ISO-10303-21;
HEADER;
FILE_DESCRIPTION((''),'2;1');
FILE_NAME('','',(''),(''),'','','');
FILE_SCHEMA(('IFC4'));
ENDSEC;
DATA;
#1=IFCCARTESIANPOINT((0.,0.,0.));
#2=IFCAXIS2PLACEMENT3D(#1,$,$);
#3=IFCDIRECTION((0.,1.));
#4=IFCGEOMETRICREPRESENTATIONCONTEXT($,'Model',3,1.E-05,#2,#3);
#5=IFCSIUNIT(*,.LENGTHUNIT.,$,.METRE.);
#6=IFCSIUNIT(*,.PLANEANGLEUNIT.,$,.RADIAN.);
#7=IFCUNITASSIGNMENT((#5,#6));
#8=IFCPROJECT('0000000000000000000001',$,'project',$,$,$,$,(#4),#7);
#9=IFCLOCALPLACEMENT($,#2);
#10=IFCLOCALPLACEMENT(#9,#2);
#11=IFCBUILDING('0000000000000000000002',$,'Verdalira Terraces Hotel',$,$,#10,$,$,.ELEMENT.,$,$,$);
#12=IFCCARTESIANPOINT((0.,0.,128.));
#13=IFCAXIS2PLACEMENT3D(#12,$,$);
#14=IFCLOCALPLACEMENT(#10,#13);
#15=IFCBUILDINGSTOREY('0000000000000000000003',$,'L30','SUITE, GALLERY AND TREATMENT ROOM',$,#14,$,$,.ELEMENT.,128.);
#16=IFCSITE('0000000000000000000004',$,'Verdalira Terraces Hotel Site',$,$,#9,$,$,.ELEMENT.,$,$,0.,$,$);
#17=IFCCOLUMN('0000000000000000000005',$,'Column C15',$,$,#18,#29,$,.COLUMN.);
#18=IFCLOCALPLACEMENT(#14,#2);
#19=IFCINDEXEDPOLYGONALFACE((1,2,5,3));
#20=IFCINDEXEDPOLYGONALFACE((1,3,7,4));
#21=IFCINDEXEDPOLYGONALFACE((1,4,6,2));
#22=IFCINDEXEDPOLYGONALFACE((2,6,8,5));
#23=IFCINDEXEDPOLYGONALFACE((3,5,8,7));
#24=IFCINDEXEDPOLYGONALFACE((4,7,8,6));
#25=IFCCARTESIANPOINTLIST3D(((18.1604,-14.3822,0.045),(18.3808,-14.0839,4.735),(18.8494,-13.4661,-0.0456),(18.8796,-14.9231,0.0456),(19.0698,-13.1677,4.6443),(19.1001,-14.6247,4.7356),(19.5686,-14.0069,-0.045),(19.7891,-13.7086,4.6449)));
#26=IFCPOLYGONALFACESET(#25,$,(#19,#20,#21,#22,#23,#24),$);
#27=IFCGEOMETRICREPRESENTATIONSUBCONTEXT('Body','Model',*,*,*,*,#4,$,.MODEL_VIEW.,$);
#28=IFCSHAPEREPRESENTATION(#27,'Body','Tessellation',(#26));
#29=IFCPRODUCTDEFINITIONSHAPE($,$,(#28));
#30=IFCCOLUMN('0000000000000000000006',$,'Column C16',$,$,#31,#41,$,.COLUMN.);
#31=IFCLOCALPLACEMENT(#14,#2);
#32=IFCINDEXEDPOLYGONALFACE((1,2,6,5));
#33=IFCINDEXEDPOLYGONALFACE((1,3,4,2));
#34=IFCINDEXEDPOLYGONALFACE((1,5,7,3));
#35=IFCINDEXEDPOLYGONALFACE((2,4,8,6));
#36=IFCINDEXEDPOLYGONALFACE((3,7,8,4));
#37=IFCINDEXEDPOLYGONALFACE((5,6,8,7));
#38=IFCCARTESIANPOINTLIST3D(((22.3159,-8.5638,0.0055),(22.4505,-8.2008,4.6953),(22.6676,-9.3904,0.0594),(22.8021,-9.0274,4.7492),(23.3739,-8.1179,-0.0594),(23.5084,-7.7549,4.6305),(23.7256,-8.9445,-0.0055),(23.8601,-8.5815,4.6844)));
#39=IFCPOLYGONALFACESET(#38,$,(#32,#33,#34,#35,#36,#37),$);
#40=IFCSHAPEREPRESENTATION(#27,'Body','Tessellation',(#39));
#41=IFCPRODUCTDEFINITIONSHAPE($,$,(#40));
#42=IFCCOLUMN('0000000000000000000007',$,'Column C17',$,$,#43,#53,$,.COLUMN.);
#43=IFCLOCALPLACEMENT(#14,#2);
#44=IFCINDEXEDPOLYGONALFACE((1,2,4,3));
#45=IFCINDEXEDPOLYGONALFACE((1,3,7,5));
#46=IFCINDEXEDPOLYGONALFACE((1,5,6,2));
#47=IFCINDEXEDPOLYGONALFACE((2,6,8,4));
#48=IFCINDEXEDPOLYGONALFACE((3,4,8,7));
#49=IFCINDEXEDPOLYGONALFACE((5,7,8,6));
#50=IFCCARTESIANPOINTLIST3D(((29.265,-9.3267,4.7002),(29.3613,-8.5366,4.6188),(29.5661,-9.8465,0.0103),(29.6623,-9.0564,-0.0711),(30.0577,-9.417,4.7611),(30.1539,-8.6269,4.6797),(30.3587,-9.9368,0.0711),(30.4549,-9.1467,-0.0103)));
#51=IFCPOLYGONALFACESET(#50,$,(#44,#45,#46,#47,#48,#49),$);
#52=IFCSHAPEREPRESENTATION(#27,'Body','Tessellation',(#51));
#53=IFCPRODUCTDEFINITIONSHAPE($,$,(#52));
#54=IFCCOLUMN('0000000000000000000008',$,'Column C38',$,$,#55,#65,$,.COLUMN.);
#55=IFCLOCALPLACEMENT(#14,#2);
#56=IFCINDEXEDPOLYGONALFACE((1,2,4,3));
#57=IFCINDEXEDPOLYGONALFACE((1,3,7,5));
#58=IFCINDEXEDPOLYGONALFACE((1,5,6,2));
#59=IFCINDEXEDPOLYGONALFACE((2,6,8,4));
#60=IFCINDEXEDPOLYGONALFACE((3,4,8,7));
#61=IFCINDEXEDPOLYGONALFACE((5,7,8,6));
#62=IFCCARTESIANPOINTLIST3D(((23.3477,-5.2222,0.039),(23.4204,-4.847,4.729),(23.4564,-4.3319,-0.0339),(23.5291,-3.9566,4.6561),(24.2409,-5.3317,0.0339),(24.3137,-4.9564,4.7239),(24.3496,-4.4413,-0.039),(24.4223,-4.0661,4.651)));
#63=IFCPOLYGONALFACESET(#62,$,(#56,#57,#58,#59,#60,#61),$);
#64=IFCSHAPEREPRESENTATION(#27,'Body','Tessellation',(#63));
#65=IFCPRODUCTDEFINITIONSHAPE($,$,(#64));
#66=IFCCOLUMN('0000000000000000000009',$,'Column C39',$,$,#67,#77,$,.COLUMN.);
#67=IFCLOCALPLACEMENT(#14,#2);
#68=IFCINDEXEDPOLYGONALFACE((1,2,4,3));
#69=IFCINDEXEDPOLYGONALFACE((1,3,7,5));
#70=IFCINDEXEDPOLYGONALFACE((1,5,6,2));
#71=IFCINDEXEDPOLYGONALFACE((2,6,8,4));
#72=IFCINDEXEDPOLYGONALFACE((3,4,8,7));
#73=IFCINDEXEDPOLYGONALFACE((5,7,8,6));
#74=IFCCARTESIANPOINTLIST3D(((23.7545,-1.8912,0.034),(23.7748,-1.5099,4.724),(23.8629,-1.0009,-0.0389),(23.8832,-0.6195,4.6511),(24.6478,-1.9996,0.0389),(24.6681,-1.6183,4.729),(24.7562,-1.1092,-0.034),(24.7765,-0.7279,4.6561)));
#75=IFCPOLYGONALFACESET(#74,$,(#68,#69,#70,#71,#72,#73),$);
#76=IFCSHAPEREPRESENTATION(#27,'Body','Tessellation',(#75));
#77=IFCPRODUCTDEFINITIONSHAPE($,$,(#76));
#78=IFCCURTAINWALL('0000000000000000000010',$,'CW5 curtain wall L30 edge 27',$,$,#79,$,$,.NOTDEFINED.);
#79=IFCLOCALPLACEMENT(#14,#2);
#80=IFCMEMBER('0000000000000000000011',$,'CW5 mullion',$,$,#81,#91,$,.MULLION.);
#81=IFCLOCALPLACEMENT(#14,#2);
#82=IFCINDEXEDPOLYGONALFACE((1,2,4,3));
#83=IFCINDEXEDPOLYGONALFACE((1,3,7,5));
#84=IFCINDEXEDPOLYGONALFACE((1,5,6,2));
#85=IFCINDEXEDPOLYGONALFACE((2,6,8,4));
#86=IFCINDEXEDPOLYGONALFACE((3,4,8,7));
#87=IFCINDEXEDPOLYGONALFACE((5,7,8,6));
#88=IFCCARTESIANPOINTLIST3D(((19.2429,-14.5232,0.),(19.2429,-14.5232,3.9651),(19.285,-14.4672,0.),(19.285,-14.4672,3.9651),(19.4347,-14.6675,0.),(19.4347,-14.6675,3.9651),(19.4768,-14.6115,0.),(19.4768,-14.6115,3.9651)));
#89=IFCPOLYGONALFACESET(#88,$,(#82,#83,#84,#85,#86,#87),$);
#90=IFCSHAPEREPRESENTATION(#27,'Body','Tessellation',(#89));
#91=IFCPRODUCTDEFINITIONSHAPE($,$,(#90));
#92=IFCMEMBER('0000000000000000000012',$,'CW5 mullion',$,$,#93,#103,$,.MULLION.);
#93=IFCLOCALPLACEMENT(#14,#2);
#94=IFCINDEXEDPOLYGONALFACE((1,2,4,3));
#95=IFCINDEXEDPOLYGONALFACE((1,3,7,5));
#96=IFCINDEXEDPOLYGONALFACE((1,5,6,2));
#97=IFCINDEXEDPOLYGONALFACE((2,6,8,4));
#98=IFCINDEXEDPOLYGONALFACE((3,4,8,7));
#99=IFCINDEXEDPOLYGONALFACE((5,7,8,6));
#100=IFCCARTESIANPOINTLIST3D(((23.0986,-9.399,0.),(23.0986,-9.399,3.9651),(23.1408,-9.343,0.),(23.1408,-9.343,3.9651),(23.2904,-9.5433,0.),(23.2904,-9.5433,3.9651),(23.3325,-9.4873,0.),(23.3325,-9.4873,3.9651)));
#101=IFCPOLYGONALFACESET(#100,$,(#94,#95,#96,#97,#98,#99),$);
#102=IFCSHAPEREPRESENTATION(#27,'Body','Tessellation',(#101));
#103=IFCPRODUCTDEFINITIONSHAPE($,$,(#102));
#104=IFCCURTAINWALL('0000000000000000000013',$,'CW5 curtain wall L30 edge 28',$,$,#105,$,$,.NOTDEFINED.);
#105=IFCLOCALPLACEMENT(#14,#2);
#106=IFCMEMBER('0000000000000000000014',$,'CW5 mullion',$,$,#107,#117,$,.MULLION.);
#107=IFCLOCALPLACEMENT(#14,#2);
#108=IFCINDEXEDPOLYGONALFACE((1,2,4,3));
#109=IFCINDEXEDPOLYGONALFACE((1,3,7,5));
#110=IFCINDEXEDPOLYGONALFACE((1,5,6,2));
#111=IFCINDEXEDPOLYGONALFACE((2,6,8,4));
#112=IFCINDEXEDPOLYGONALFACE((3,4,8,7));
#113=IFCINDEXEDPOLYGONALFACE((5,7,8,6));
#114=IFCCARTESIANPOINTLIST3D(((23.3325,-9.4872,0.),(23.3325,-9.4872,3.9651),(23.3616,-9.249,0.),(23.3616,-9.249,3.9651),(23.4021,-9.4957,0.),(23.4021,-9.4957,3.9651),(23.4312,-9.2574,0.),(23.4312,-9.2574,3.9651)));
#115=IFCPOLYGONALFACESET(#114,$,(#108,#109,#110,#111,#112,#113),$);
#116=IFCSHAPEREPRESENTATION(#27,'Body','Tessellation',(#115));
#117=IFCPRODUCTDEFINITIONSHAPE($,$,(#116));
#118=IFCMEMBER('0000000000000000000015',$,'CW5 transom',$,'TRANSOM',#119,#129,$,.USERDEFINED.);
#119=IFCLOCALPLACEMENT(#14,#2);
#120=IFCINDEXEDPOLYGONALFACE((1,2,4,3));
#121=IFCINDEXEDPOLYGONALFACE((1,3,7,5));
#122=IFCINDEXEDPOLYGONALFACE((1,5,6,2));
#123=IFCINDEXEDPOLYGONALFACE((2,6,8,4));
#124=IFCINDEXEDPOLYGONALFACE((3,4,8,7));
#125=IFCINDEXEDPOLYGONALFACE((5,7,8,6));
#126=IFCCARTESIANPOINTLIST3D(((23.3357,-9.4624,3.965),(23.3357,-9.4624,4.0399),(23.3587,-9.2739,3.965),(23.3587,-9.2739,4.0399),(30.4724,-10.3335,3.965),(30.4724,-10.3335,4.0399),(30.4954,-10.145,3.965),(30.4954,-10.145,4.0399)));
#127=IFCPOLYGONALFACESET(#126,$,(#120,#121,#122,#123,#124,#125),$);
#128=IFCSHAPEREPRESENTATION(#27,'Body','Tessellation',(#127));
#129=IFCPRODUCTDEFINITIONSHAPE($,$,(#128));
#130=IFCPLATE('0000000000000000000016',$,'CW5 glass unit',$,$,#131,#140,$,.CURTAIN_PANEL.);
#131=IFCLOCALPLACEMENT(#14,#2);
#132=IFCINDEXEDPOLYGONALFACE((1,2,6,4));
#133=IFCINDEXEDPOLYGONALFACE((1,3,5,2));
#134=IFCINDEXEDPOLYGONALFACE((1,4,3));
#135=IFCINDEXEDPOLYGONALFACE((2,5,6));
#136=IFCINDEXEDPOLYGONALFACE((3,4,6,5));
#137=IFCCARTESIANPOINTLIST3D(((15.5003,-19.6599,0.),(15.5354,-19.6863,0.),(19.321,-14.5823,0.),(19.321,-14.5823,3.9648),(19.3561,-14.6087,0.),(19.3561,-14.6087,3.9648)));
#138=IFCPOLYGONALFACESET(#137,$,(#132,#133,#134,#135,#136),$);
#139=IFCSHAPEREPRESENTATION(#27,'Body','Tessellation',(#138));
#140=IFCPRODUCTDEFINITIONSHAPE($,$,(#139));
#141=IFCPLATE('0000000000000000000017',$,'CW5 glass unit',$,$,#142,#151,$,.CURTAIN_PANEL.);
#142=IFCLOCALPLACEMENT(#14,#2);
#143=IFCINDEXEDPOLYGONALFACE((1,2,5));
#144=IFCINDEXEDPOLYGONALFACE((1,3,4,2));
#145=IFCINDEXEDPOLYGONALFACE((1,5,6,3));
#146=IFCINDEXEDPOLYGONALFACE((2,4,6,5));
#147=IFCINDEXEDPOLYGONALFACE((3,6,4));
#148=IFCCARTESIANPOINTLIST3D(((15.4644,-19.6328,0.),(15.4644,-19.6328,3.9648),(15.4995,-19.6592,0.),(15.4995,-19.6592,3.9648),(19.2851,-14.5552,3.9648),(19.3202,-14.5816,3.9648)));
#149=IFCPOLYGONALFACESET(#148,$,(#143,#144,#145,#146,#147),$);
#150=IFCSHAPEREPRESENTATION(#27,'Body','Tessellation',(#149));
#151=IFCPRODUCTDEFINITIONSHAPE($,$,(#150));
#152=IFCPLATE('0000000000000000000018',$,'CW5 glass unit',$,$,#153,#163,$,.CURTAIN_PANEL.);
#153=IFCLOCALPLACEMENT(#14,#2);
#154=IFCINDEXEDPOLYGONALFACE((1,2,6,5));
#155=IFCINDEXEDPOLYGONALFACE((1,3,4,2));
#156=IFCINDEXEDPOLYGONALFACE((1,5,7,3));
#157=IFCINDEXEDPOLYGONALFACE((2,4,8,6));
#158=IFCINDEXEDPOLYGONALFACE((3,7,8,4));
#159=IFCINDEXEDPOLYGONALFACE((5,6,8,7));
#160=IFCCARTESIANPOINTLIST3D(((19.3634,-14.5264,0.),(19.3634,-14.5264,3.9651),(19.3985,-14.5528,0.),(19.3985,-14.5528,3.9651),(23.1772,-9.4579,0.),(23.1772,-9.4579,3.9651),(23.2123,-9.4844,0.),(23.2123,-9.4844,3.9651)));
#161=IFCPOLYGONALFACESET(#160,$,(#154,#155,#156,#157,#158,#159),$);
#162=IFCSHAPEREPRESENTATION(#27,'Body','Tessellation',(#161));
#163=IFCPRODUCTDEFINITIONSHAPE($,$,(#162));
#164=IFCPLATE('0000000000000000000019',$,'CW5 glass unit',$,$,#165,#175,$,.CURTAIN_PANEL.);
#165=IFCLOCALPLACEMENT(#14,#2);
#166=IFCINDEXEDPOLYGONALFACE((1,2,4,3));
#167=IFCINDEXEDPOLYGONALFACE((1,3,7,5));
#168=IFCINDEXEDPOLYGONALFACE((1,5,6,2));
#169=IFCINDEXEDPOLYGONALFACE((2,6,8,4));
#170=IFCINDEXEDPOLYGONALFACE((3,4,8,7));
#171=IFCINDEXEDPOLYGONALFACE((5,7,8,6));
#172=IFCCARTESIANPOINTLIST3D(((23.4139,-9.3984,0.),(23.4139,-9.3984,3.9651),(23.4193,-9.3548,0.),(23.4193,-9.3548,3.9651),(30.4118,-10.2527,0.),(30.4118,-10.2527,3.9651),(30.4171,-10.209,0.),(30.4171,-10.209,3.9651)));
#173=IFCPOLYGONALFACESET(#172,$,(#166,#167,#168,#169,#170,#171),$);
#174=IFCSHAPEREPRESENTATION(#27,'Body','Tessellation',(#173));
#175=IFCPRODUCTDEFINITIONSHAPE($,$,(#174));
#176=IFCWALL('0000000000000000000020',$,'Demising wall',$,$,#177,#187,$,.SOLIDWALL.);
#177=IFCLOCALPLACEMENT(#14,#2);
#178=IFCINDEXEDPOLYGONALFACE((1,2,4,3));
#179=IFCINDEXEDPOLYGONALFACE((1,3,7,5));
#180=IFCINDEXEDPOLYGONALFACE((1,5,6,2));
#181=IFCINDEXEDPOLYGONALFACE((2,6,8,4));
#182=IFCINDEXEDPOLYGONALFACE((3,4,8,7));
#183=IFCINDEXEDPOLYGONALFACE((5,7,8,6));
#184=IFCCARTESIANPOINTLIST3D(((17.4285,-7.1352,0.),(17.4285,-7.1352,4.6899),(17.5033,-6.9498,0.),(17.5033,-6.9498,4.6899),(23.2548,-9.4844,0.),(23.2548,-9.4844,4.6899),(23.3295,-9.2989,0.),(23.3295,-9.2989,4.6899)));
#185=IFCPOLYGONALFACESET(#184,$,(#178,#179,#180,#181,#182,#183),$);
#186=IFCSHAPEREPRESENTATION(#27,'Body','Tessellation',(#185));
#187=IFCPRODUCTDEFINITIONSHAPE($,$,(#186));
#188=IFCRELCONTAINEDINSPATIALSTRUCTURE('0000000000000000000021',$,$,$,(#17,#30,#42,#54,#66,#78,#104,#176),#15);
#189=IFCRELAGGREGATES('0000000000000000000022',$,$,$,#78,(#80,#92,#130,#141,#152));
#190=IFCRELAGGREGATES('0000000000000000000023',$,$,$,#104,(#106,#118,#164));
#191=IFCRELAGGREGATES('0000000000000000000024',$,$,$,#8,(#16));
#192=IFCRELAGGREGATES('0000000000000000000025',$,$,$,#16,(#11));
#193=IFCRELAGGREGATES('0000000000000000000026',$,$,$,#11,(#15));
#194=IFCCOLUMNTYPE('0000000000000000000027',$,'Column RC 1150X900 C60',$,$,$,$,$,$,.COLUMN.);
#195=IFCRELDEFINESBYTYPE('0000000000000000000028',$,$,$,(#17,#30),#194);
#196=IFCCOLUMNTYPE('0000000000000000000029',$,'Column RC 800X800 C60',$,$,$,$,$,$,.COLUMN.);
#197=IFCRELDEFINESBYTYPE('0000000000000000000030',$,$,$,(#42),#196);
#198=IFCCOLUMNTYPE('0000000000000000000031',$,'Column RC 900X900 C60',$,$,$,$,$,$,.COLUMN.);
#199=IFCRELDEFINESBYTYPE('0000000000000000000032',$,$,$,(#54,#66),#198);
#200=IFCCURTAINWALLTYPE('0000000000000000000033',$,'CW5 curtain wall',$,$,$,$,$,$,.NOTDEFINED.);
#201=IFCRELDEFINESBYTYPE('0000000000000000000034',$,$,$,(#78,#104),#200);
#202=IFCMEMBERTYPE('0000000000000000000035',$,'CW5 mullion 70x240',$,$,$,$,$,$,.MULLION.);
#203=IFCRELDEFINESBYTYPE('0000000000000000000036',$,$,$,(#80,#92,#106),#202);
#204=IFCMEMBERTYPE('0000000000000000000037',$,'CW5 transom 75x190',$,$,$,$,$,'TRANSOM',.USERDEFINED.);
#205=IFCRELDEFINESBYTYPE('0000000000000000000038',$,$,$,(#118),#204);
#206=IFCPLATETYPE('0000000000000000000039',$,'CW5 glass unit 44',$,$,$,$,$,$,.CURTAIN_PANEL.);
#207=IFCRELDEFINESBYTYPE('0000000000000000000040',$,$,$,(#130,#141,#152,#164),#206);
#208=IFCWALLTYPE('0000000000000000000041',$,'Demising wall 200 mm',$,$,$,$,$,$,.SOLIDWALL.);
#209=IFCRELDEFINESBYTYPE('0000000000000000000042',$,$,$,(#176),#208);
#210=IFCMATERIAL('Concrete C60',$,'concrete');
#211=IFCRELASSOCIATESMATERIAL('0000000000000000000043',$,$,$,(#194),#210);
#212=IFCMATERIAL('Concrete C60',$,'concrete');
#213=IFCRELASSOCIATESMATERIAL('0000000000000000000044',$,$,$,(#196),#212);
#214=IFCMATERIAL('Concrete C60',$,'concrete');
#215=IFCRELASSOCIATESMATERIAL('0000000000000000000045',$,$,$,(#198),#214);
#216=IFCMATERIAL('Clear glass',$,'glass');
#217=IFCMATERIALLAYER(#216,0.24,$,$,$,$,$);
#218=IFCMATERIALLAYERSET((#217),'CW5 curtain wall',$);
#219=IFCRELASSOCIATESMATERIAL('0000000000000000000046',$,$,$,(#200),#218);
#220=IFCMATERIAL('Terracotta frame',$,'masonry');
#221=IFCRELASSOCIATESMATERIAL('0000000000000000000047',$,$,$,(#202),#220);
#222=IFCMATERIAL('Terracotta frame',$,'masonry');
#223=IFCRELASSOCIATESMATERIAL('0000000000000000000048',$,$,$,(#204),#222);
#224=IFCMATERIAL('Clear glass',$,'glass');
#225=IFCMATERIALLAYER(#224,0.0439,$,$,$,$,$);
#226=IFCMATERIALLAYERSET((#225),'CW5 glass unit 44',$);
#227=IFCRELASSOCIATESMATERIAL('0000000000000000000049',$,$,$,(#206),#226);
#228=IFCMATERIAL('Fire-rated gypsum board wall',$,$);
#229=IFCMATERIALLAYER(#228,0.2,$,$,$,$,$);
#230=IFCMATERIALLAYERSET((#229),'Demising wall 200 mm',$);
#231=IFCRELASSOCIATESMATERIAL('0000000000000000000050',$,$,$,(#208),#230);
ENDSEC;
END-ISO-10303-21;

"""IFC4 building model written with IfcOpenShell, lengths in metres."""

from ifc_helpers import new_model, si_unit, direction, frame, frame_2d, origin, origin_2d, place, context, subcontext, project, spatial, polyline, rectangle, outline, extrude, material, layer, layer_set, material_profile, profile_set, type_object, element, aggregate, save


model = new_model("IFC4")

# Units and contexts
model_context = context("Model", 3, precision=1e-05, world=origin(), true_north=direction((0.0, 1.0)))
body_context = subcontext(model_context, "Body", "Model", "MODEL_VIEW")
ifc_project = project(units=[si_unit("LENGTHUNIT", "METRE"), si_unit("PLANEANGLEUNIT", "RADIAN")], contexts=[model_context])

# Site, building, storey
site_placement = place(None, origin())
site = spatial("IfcSite", under=ifc_project, at=site_placement, Name="Verdalira Terraces Hotel Site", CompositionType="ELEMENT", RefElevation=0.0)
building_placement = place(site_placement, origin())
building = spatial("IfcBuilding", under=site, at=building_placement, Name="Verdalira Terraces Hotel", CompositionType="ELEMENT")
storey_placement = place(building_placement, frame((0.0, 0.0, 128.0)))
storey = spatial("IfcBuildingStorey", under=building, at=storey_placement, Name="L30", Description="SUITE, GALLERY AND TREATMENT ROOM", CompositionType="ELEMENT", Elevation=128.0)

# Columns
ifc_material_1 = material(Name="Concrete C60", Category="concrete")
ifc_material_profile_1 = material_profile(ifc_material_1, rectangle(XDim=1.1499, YDim=0.8999, at=origin_2d()), Name="RC 1150X900")
ifc_profile_set_1 = profile_set([ifc_material_profile_1], Name="Concrete C60")
column_type_1 = type_object("IfcColumnType", Name="Column RC 1150X900 C60", PredefinedType="COLUMN", material=ifc_profile_set_1)
column_1_placement = place(storey_placement, frame((18.8645, -14.1946, 0.0), z_axis=(0.04686, 0.063415, 0.996886), x_axis=(0.599186, 0.796718, -0.078847)))
element("IfcColumn", 1, at=column_1_placement, inside=storey, type_object=column_type_1, Name="Column C15", PredefinedType="COLUMN", context=body_context, shape_type="SweptSolid", body=[
    extrude(rectangle(XDim=1.1499, YDim=0.8999, at=origin_2d()), origin(), (0.0, 0.0, 1.0), 4.7046),
])
column_2_placement = place(storey_placement, frame((23.0208, -8.7541, 0.0), z_axis=(0.028586, 0.077145, 0.99661), x_axis=(-0.920029, -0.387769, 0.056405)))
element("IfcColumn", 2, at=column_2_placement, inside=storey, type_object=column_type_1, Name="Column C16", PredefinedType="COLUMN", context=body_context, shape_type="SweptSolid", body=[
    extrude(rectangle(XDim=1.1499, YDim=0.8999, at=origin_2d()), origin(), (0.0, 0.0, 1.0), 4.7058),
])
ifc_material_2 = material(Name="Concrete C60", Category="concrete")
ifc_material_profile_2 = material_profile(ifc_material_2, rectangle(XDim=0.8, YDim=0.8, at=origin_2d()), Name="RC 800X800")
ifc_profile_set_2 = profile_set([ifc_material_profile_2], Name="Concrete C60")
column_type_2 = type_object("IfcColumnType", Name="Column RC 800X800 C60", PredefinedType="COLUMN", material=ifc_profile_set_2)
column_3_placement = place(storey_placement, frame((30.0105, -9.4966, 0.0), z_axis=(-0.063665, 0.10993, 0.991898), x_axis=(0.990695, -0.112844, 0.076094)))
element("IfcColumn", 3, at=column_3_placement, inside=storey, type_object=column_type_2, Name="Column C17", PredefinedType="COLUMN", context=body_context, shape_type="SweptSolid", body=[
    extrude(rectangle(XDim=0.8, YDim=0.8, at=origin_2d()), origin(), (0.0, 0.0, 1.0), 4.7283),
])
ifc_material_3 = material(Name="Concrete C60", Category="concrete")
ifc_material_profile_3 = material_profile(ifc_material_3, rectangle(XDim=0.8999, YDim=0.8999, at=origin_2d()), Name="RC 900X900")
ifc_profile_set_3 = profile_set([ifc_material_profile_3], Name="Concrete C60")
column_type_3 = type_object("IfcColumnType", Name="Column RC 900X900 C60", PredefinedType="COLUMN", material=ifc_profile_set_3)
for number, where, z_axis, x_axis, name in (
    (4, (23.8486, -4.8318, 0.0), (0.015461, 0.079746, 0.996695), (0.992561, -0.121616, -0.005667), "Column C38"),
    (5, (24.2554, -1.5002, 0.0), (0.004306, 0.081044, 0.996701), (0.992707, -0.120426, 0.005503), "Column C39"),
):
    element("IfcColumn", number, at=place(storey_placement, frame(where, z_axis=z_axis, x_axis=x_axis)), inside=storey, type_object=column_type_3, Name=name, PredefinedType="COLUMN", context=body_context, shape_type="SweptSolid", body=[
        extrude(rectangle(XDim=0.8999, YDim=0.8999, at=origin_2d()), origin(), (0.0, 0.0, 1.0), 4.7056),
    ])

# Curtain walls, members
ifc_material_4 = material(Name="Clear glass", Category="glass")
ifc_layer_1 = layer(ifc_material_4, 0.24)
ifc_layer_set_1 = layer_set([ifc_layer_1], Name="CW5 curtain wall")
curtain_wall_type = type_object("IfcCurtainWallType", Name="CW5 curtain wall", PredefinedType="NOTDEFINED", material=ifc_layer_set_1)
curtain_wall_1_placement = place(storey_placement, origin())
curtain_wall_1 = element("IfcCurtainWall", 6, at=curtain_wall_1_placement, inside=storey, type_object=curtain_wall_type, Name="CW5 curtain wall L30 edge 27", PredefinedType="NOTDEFINED")
ifc_material_5 = material(Name="Terracotta frame", Category="masonry")
ifc_material_profile_4 = material_profile(ifc_material_5, rectangle(XDim=0.0701, YDim=0.24, at=origin_2d()), Name="MU 70x240")
ifc_profile_set_4 = profile_set([ifc_material_profile_4], Name="Terracotta frame")
member_type_1 = type_object("IfcMemberType", Name="CW5 mullion 70x240", PredefinedType="MULLION", material=ifc_profile_set_4)
member_1_placement = place(storey_placement, frame((19.3599, -14.5674, 0.0), z_axis=(0.0, 0.0, 1.0), x_axis=(0.601257, 0.799055, 0.0)))
member_1 = element("IfcMember", 7, at=member_1_placement, type_object=member_type_1, Name="CW5 mullion", PredefinedType="MULLION", context=body_context, shape_type="SweptSolid", body=[
    extrude(rectangle(XDim=0.0701, YDim=0.24, at=origin_2d()), origin(), (0.0, 0.0, 1.0), 3.9651),
])
member_2_placement = place(storey_placement, frame((23.2156, -9.4431, 0.0), z_axis=(0.0, 0.0, 1.0), x_axis=(0.601257, 0.799055, 0.0)))
member_2 = element("IfcMember", 8, at=member_2_placement, type_object=member_type_1, Name="CW5 mullion", PredefinedType="MULLION", context=body_context, shape_type="SweptSolid", body=[
    extrude(rectangle(XDim=0.0701, YDim=0.24, at=origin_2d()), origin(), (0.0, 0.0, 1.0), 3.9651),
])
curtain_wall_2_placement = place(storey_placement, origin())
curtain_wall_2 = element("IfcCurtainWall", 9, at=curtain_wall_2_placement, inside=storey, type_object=curtain_wall_type, Name="CW5 curtain wall L30 edge 28", PredefinedType="NOTDEFINED")
member_3_placement = place(storey_placement, frame((23.3818, -9.3723, 0.0), z_axis=(0.0, 0.0, 1.0), x_axis=(0.992631, -0.121176, 0.0)))
member_3 = element("IfcMember", 10, at=member_3_placement, type_object=member_type_1, Name="CW5 mullion", PredefinedType="MULLION", context=body_context, shape_type="SweptSolid", body=[
    extrude(rectangle(XDim=0.0701, YDim=0.24, at=origin_2d()), origin(), (0.0, 0.0, 1.0), 3.9651),
])
ifc_material_6 = material(Name="Terracotta frame", Category="masonry")
ifc_material_profile_5 = material_profile(ifc_material_6, rectangle(XDim=0.1899, YDim=0.075, at=origin_2d()), Name="TR 75x190")
ifc_profile_set_5 = profile_set([ifc_material_profile_5], Name="Terracotta frame")
member_type_2 = type_object("IfcMemberType", Name="CW5 transom 75x190", ElementType="TRANSOM", PredefinedType="USERDEFINED", material=ifc_profile_set_5)
member_4_placement = place(storey_placement, frame((23.3472, -9.3682, 4.0024), z_axis=(0.992633, -0.121159, 0.0), x_axis=(0.121159, 0.992633, 0.0)))
member_4 = element("IfcMember", 11, at=member_4_placement, type_object=member_type_2, Name="CW5 transom", ObjectType="TRANSOM", PredefinedType="USERDEFINED", context=body_context, shape_type="SweptSolid", body=[
    extrude(rectangle(XDim=0.1899, YDim=0.075, at=origin_2d()), origin(), (0.0, 0.0, 1.0), 7.1897),
])

# Plates
ifc_material_7 = material(Name="Clear glass", Category="glass")
ifc_layer_2 = layer(ifc_material_7, 0.0439)
ifc_layer_set_2 = layer_set([ifc_layer_2], Name="CW5 glass unit 44")
plate_type = type_object("IfcPlateType", Name="CW5 glass unit 44", PredefinedType="CURTAIN_PANEL", material=ifc_layer_set_2)
plate_1_placement = place(storey_placement, frame((17.4106, -17.1211, 1.9824), z_axis=(0.799055, -0.601257, 0.0), x_axis=(0.601257, 0.799055, 0.0)))
plate_1 = element("IfcPlate", 12, at=plate_1_placement, type_object=plate_type, Name="CW5 glass unit", PredefinedType="CURTAIN_PANEL", context=body_context, shape_type="SweptSolid", body=[
    extrude(outline(polyline([(-3.1772, -1.9824), (3.1772, -1.9824), (3.1772, 1.9824), (-3.1772, -1.9824)])), origin(), (0.0, 0.0, 1.0), 0.0439),
])
plate_2_placement = place(storey_placement, frame((17.3748, -17.094, 1.9824), z_axis=(0.799055, -0.601257, 0.0), x_axis=(0.601257, 0.799055, 0.0)))
plate_2 = element("IfcPlate", 13, at=plate_2_placement, type_object=plate_type, Name="CW5 glass unit", PredefinedType="CURTAIN_PANEL", context=body_context, shape_type="SweptSolid", body=[
    extrude(outline(polyline([(-3.1772, -1.9824), (3.1772, 1.9824), (-3.1772, 1.9824), (-3.1772, -1.9824)])), origin(), (0.0, 0.0, 1.0), 0.0439),
])
plate_3_placement = place(storey_placement, frame((21.2878, -12.0054, 0.0), z_axis=(0.0, 0.0, 1.0), x_axis=(0.601257, 0.799055, 0.0)))
plate_3 = element("IfcPlate", 14, at=plate_3_placement, type_object=plate_type, Name="CW5 glass unit", PredefinedType="CURTAIN_PANEL", context=body_context, shape_type="SweptSolid", body=[
    extrude(rectangle(XDim=6.343, YDim=0.0439, at=origin_2d()), origin(), (0.0, 0.0, 1.0), 3.9651),
])
aggregate(curtain_wall_1, [member_1, member_2, plate_1, plate_2, plate_3])
plate_4_placement = place(storey_placement, frame((26.9155, -9.8037, 0.0), z_axis=(0.0, 0.0, 1.0), x_axis=(0.992631, -0.121176, 0.0)))
plate_4 = element("IfcPlate", 15, at=plate_4_placement, type_object=plate_type, Name="CW5 glass unit", PredefinedType="CURTAIN_PANEL", context=body_context, shape_type="SweptSolid", body=[
    extrude(rectangle(XDim=7.0498, YDim=0.0439, at=origin_2d()), origin(), (0.0, 0.0, 1.0), 3.9651),
])
aggregate(curtain_wall_2, [member_3, member_4, plate_4])

# Wall
ifc_material_8 = material(Name="Fire-rated gypsum board wall")
ifc_layer_3 = layer(ifc_material_8, 0.2)
ifc_layer_set_3 = layer_set([ifc_layer_3], Name="Demising wall 200 mm")
wall_type_1 = type_object("IfcWallType", Name="Demising wall 200 mm", PredefinedType="SOLIDWALL", material=ifc_layer_set_3)
wall_1_placement = place(storey_placement, frame((17.4658, -7.0425, 0.0), z_axis=(0.0, 0.0, 1.0), x_axis=(0.927449, -0.373949, 0.0)))
element("IfcWall", 16, at=wall_1_placement, inside=storey, type_object=wall_type_1, Name="Demising wall", PredefinedType="SOLIDWALL", context=body_context, shape_type="SweptSolid", body=[
    extrude(rectangle(XDim=6.282, YDim=0.2, at=frame_2d((3.1411, 0.0))), origin(), (0.0, 0.0, 1.0), 4.6899),
])

save(model, "model.ifc")
